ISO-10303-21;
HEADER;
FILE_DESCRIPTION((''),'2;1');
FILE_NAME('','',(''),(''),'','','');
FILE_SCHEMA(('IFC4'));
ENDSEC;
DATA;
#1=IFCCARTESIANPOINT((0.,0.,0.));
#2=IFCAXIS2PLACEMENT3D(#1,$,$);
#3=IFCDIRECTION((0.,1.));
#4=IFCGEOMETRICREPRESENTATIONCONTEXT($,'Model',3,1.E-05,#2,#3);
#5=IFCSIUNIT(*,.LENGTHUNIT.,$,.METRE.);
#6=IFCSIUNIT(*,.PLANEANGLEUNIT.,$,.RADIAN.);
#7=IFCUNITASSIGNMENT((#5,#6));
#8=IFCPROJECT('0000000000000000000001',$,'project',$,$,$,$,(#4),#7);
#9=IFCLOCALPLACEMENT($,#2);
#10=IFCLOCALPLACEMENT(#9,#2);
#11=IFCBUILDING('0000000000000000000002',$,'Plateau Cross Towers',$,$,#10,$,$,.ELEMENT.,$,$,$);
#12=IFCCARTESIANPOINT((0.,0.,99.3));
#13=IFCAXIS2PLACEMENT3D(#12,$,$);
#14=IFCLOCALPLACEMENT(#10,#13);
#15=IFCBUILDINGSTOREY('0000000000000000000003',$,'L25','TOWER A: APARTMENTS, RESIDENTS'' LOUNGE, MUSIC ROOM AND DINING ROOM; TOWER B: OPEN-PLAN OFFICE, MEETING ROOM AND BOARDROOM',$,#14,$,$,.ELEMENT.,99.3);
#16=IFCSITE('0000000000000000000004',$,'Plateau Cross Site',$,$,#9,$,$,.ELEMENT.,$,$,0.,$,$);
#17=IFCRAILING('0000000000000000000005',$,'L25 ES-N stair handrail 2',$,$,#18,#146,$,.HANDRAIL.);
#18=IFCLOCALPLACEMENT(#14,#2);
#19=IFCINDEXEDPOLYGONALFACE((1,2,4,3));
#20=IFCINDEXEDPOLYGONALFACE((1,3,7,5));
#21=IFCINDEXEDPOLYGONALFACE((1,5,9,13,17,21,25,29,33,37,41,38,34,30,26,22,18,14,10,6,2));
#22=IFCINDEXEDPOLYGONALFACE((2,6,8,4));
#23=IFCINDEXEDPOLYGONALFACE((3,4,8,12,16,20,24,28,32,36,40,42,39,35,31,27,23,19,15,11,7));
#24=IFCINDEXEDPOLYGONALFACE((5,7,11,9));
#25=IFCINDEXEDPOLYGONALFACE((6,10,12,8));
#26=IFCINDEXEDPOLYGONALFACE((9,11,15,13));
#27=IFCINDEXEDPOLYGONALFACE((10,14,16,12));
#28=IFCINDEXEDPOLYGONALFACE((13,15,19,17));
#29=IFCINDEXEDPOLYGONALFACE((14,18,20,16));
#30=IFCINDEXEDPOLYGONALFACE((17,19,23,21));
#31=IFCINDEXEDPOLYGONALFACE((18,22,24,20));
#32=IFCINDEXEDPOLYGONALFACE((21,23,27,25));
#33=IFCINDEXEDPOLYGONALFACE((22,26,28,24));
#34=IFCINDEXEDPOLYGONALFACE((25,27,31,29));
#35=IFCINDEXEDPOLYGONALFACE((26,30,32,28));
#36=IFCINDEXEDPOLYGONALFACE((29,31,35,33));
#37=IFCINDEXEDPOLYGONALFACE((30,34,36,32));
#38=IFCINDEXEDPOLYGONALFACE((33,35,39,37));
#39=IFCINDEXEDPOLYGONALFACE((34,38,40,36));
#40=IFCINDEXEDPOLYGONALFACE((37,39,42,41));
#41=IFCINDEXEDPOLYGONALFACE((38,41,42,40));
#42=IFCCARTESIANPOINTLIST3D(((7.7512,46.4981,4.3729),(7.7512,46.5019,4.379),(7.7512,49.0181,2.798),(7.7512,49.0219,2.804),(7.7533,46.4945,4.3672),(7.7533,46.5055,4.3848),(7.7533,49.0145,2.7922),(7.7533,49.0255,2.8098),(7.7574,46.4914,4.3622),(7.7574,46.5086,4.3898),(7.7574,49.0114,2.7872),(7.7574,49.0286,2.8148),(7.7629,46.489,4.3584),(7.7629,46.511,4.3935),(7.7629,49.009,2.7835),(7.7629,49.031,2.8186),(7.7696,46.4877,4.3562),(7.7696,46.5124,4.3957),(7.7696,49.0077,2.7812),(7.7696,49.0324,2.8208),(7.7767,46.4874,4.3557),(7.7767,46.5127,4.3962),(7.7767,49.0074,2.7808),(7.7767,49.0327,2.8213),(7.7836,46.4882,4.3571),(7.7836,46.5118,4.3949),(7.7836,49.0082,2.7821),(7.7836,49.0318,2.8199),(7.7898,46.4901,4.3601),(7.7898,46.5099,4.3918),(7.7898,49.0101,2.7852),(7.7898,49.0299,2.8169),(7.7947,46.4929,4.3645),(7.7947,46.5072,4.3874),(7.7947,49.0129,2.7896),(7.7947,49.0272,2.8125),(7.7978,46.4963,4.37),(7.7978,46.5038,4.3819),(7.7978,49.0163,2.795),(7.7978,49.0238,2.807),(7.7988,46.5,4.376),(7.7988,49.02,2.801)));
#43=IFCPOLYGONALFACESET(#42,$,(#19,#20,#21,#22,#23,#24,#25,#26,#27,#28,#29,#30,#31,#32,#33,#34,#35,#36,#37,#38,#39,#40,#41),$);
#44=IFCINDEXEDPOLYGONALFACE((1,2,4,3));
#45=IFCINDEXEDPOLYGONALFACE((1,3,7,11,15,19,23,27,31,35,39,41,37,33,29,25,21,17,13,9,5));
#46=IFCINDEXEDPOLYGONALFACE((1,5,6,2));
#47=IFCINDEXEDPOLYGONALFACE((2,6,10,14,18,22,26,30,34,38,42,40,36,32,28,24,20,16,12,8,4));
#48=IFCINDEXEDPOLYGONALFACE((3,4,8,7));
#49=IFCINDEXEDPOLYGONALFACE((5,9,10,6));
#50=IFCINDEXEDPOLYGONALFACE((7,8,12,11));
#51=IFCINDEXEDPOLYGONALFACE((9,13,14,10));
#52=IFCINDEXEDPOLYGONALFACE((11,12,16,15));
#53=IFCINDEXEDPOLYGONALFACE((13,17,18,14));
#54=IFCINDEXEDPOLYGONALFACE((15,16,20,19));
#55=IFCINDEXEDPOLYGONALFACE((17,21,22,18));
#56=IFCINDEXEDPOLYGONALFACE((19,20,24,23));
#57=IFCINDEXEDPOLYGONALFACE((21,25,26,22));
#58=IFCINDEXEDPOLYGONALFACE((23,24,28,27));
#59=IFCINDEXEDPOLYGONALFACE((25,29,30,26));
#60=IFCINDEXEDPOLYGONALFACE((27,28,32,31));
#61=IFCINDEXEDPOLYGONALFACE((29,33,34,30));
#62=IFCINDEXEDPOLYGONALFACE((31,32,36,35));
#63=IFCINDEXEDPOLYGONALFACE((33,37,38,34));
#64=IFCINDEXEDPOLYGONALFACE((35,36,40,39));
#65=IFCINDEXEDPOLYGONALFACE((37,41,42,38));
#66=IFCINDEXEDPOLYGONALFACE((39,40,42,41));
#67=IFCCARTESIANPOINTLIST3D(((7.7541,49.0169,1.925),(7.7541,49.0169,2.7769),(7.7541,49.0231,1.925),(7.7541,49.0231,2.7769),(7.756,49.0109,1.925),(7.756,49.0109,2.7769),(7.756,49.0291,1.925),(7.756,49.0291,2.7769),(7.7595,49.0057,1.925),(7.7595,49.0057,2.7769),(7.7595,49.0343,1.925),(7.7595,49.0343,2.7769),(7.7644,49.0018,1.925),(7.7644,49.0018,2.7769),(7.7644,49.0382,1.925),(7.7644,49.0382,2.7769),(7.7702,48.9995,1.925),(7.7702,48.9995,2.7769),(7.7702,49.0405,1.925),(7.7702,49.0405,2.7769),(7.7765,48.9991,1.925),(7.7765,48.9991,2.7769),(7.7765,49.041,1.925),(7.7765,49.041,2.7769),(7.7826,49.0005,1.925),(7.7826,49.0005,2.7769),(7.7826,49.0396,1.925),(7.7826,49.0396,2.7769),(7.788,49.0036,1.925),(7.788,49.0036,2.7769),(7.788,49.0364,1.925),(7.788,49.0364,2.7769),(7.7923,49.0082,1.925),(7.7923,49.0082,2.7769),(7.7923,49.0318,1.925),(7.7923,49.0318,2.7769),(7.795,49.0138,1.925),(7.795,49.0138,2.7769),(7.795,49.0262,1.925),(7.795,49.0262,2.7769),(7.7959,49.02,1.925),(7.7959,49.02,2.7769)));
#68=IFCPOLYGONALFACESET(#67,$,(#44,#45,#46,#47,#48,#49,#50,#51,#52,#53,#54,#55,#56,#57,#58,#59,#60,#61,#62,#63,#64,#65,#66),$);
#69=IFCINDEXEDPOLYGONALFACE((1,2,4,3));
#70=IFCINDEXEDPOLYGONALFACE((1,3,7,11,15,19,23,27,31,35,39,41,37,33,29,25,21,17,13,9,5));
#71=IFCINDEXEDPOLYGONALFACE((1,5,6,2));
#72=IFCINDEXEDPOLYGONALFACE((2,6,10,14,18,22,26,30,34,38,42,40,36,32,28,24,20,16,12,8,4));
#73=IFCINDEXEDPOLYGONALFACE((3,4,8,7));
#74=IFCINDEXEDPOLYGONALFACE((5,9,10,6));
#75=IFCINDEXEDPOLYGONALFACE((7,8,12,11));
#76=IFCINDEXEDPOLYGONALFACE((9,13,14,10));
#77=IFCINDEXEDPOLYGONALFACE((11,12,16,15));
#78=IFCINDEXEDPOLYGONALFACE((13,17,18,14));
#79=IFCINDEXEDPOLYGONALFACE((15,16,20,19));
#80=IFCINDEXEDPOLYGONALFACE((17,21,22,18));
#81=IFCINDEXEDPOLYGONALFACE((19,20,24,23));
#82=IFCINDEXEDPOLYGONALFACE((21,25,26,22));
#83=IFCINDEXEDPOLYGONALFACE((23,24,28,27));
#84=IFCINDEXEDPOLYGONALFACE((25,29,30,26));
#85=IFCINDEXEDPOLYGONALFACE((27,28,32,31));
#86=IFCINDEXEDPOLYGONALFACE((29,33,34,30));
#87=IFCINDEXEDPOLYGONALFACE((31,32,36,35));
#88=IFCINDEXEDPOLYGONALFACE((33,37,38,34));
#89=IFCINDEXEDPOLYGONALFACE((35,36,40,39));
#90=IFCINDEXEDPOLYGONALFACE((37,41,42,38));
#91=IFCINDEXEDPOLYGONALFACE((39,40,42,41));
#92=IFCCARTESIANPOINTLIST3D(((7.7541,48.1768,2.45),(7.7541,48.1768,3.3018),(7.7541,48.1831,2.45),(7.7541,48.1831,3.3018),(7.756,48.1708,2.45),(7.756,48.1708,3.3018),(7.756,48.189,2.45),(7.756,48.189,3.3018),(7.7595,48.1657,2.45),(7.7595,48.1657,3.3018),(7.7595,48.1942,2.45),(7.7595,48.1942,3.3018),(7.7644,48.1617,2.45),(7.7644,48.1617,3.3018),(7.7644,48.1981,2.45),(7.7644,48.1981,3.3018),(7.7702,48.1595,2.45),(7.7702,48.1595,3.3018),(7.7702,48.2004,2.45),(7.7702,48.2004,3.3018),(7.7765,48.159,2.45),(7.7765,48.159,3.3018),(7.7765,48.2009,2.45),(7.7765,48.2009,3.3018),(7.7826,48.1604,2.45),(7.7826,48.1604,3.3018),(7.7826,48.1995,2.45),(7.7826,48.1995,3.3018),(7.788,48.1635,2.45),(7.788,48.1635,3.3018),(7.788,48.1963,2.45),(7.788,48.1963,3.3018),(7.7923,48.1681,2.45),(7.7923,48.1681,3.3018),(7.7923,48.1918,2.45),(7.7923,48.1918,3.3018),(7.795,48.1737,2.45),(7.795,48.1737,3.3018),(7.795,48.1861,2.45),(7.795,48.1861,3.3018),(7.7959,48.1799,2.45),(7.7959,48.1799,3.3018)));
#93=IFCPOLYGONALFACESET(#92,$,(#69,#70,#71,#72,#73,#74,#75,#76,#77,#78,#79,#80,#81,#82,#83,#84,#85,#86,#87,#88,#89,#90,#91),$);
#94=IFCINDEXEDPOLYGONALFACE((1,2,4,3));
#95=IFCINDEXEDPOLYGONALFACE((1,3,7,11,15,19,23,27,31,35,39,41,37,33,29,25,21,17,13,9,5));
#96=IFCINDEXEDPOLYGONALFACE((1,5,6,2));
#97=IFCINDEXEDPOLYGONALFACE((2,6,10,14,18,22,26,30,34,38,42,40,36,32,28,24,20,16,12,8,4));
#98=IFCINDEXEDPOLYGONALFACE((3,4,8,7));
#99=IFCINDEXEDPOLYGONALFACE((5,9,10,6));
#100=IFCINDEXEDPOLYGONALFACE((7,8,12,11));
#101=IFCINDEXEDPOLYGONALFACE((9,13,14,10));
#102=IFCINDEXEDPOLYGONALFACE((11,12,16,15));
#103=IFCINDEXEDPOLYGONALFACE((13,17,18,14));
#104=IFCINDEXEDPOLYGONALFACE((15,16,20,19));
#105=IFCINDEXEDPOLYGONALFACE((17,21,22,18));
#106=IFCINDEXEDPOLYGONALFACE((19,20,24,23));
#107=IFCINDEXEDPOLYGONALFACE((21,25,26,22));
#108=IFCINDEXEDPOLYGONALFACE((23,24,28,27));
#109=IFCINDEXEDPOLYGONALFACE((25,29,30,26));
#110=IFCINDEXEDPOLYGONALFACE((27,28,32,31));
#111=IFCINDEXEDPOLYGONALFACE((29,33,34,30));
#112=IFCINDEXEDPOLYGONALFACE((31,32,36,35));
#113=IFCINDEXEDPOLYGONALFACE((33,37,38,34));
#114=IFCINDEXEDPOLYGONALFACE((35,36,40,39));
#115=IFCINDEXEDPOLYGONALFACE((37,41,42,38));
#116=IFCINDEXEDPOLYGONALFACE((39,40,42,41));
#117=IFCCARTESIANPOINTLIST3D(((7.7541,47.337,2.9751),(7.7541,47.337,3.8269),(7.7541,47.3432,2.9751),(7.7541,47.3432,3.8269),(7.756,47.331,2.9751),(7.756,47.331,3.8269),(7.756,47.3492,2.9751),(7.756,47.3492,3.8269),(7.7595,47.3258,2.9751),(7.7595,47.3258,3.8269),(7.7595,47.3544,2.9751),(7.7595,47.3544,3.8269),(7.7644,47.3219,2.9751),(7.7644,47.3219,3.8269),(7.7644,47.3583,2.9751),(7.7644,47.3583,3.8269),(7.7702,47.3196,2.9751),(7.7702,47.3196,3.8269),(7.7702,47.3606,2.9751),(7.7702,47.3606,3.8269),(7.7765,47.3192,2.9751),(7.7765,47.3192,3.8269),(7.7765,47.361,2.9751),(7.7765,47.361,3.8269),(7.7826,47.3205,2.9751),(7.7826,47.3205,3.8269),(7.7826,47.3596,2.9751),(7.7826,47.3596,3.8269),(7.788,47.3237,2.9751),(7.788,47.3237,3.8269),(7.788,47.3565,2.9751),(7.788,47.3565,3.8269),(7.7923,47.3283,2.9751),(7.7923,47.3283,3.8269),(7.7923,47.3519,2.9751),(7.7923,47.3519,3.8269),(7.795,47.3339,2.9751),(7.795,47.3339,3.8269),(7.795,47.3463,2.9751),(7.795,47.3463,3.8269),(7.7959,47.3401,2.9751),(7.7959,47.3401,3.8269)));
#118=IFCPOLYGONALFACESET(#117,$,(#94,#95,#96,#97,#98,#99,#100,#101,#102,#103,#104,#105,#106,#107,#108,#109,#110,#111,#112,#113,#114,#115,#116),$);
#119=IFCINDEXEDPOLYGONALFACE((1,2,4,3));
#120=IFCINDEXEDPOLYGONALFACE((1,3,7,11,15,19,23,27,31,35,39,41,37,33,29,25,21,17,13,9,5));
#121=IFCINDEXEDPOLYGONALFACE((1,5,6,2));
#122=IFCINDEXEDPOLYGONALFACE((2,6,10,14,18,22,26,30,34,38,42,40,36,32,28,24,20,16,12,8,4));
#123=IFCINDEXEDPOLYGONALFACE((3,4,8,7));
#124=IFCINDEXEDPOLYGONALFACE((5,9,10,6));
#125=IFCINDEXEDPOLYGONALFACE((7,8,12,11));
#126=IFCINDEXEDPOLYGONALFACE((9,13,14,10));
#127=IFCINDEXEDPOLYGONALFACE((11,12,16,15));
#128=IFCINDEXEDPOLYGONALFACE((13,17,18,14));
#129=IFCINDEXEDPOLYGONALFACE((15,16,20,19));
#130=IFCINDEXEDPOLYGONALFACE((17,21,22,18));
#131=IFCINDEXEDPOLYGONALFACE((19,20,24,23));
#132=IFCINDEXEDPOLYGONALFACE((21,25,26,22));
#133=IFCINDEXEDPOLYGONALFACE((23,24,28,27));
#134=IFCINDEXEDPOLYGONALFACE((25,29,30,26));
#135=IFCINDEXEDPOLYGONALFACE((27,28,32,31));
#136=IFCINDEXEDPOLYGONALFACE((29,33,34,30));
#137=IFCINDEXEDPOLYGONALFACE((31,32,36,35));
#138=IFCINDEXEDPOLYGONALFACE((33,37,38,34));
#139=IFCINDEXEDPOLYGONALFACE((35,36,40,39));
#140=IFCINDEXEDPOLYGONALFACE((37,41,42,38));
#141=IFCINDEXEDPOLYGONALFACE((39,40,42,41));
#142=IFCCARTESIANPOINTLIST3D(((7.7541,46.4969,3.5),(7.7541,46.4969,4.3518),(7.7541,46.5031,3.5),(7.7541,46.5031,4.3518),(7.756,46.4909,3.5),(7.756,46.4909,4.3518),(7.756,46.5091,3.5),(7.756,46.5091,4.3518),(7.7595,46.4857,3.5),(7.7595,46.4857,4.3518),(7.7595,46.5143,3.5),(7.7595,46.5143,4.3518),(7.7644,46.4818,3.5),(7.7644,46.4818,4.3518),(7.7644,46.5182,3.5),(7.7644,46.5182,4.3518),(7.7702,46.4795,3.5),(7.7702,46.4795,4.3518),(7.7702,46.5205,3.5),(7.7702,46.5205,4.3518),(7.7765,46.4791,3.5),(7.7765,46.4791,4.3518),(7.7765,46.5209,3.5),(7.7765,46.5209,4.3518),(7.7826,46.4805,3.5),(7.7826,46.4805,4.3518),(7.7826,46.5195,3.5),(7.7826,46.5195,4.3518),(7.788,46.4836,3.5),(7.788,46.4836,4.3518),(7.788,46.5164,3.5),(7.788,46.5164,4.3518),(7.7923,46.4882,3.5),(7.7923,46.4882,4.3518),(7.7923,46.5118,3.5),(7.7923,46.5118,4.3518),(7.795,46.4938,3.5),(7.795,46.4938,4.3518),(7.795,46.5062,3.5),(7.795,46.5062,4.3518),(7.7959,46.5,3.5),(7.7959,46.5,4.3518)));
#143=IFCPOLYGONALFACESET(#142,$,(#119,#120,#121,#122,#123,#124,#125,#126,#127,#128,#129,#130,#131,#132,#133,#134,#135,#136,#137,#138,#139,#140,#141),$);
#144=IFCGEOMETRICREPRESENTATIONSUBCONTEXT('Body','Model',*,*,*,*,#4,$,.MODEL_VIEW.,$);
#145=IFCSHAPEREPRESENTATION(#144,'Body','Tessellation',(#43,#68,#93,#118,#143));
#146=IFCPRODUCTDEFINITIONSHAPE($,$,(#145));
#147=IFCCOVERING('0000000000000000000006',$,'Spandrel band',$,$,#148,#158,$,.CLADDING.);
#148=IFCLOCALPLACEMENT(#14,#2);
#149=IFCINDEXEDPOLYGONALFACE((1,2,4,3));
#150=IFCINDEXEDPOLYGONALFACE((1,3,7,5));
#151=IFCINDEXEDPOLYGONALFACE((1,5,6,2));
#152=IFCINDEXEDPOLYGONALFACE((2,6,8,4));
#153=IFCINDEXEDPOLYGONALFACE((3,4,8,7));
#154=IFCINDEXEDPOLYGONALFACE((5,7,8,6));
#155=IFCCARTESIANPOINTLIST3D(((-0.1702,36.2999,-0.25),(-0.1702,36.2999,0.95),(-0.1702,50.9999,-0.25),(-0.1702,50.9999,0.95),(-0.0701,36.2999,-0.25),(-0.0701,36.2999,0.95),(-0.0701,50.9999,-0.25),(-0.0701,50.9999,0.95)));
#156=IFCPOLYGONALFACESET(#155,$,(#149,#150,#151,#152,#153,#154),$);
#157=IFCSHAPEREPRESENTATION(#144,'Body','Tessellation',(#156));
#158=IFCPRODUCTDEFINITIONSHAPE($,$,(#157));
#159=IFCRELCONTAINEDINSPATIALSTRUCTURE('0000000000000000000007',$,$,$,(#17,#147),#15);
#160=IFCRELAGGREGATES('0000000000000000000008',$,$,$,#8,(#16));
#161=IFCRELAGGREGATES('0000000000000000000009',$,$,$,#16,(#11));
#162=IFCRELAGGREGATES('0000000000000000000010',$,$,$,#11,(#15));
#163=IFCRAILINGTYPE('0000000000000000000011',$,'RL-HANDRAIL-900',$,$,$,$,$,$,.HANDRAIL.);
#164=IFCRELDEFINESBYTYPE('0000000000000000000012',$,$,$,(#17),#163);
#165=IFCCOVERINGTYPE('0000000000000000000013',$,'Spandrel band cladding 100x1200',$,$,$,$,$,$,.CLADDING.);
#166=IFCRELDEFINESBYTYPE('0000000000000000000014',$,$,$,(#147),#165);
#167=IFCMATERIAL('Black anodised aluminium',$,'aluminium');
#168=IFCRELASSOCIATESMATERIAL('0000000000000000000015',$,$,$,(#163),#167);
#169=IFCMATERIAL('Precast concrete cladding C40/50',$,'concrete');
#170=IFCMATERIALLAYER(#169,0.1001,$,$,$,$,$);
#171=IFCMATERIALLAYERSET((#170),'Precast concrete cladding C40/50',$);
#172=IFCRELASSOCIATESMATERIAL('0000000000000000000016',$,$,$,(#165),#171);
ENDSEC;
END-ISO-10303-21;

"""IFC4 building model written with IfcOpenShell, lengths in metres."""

from ifc_helpers import new_model, si_unit, direction, frame, origin, origin_2d, place, context, subcontext, project, spatial, rectangle, circle, extrude, material, layer, layer_set, type_object, element, save


model = new_model("IFC4")

# Units and contexts
model_context = context("Model", 3, precision=1e-05, world=origin(), true_north=direction((0.0, 1.0)))
body_context = subcontext(model_context, "Body", "Model", "MODEL_VIEW")
ifc_project = project(units=[si_unit("LENGTHUNIT", "METRE"), si_unit("PLANEANGLEUNIT", "RADIAN")], contexts=[model_context])

# Site, building, storey
site_placement = place(None, origin())
site = spatial("IfcSite", under=ifc_project, at=site_placement, Name="Plateau Cross Site", CompositionType="ELEMENT", RefElevation=0.0)
building_placement = place(site_placement, origin())
building = spatial("IfcBuilding", under=site, at=building_placement, Name="Plateau Cross Towers", CompositionType="ELEMENT")
storey_placement = place(building_placement, frame((0.0, 0.0, 99.3)))
storey = spatial("IfcBuildingStorey", under=building, at=storey_placement, Name="L25", Description="TOWER A: APARTMENTS, RESIDENTS' LOUNGE, MUSIC ROOM AND DINING ROOM; TOWER B: OPEN-PLAN OFFICE, MEETING ROOM AND BOARDROOM", CompositionType="ELEMENT", Elevation=99.3)

# Shared definitions
ifc_material_1 = material(Name="Black anodised aluminium", Category="aluminium")

# Railing
railing_type_1 = type_object("IfcRailingType", Name="RL-HANDRAIL-900", PredefinedType="HANDRAIL", material=ifc_material_1)
railing_1_placement = place(storey_placement, frame((7.7749, 49.02, 1.925)))
element("IfcRailing", 1, at=railing_1_placement, inside=storey, type_object=railing_type_1, Name="L25 ES-N stair handrail 2", PredefinedType="HANDRAIL", context=body_context, shape_type="SweptSolid", body=[
    extrude(circle(Radius=0.0239, at=origin_2d()), frame((0.0, 0.0, 0.876), z_axis=(0.0, -0.848008, 0.529984), x_axis=(1.0, 0.0, 0.0)), (0.0, 0.0, 1.0), 2.9717),
    extrude(circle(Radius=0.021, at=origin_2d()), origin(), (0.0, 0.0, 1.0), 0.8518),
    extrude(circle(Radius=0.021, at=origin_2d()), frame((0.0, -0.8401, 0.5249)), (0.0, 0.0, 1.0), 0.8518),
    extrude(circle(Radius=0.021, at=origin_2d()), frame((0.0, -1.6799, 1.05)), (0.0, 0.0, 1.0), 0.8518),
    extrude(circle(Radius=0.021, at=origin_2d()), frame((0.0, -2.52, 1.575)), (0.0, 0.0, 1.0), 0.8518),
])

# Covering
ifc_material_2 = material(Name="Precast concrete cladding C40/50", Category="concrete")
ifc_layer_1 = layer(ifc_material_2, 0.1001)
ifc_layer_set_1 = layer_set([ifc_layer_1], Name="Precast concrete cladding C40/50")
covering_type = type_object("IfcCoveringType", Name="Spandrel band cladding 100x1200", PredefinedType="CLADDING", material=ifc_layer_set_1)
covering_placement = place(storey_placement, frame((-0.1201, 43.6499, -0.25), z_axis=(0.0, 0.0, 1.0), x_axis=(0.0, -1.0, 0.0)))
element("IfcCovering", 2, at=covering_placement, inside=storey, type_object=covering_type, Name="Spandrel band", PredefinedType="CLADDING", context=body_context, shape_type="SweptSolid", body=[
    extrude(rectangle(XDim=14.7, YDim=0.1001, at=origin_2d()), origin(), (0.0, 0.0, 1.0), 1.2),
])

save(model, "model.ifc")
